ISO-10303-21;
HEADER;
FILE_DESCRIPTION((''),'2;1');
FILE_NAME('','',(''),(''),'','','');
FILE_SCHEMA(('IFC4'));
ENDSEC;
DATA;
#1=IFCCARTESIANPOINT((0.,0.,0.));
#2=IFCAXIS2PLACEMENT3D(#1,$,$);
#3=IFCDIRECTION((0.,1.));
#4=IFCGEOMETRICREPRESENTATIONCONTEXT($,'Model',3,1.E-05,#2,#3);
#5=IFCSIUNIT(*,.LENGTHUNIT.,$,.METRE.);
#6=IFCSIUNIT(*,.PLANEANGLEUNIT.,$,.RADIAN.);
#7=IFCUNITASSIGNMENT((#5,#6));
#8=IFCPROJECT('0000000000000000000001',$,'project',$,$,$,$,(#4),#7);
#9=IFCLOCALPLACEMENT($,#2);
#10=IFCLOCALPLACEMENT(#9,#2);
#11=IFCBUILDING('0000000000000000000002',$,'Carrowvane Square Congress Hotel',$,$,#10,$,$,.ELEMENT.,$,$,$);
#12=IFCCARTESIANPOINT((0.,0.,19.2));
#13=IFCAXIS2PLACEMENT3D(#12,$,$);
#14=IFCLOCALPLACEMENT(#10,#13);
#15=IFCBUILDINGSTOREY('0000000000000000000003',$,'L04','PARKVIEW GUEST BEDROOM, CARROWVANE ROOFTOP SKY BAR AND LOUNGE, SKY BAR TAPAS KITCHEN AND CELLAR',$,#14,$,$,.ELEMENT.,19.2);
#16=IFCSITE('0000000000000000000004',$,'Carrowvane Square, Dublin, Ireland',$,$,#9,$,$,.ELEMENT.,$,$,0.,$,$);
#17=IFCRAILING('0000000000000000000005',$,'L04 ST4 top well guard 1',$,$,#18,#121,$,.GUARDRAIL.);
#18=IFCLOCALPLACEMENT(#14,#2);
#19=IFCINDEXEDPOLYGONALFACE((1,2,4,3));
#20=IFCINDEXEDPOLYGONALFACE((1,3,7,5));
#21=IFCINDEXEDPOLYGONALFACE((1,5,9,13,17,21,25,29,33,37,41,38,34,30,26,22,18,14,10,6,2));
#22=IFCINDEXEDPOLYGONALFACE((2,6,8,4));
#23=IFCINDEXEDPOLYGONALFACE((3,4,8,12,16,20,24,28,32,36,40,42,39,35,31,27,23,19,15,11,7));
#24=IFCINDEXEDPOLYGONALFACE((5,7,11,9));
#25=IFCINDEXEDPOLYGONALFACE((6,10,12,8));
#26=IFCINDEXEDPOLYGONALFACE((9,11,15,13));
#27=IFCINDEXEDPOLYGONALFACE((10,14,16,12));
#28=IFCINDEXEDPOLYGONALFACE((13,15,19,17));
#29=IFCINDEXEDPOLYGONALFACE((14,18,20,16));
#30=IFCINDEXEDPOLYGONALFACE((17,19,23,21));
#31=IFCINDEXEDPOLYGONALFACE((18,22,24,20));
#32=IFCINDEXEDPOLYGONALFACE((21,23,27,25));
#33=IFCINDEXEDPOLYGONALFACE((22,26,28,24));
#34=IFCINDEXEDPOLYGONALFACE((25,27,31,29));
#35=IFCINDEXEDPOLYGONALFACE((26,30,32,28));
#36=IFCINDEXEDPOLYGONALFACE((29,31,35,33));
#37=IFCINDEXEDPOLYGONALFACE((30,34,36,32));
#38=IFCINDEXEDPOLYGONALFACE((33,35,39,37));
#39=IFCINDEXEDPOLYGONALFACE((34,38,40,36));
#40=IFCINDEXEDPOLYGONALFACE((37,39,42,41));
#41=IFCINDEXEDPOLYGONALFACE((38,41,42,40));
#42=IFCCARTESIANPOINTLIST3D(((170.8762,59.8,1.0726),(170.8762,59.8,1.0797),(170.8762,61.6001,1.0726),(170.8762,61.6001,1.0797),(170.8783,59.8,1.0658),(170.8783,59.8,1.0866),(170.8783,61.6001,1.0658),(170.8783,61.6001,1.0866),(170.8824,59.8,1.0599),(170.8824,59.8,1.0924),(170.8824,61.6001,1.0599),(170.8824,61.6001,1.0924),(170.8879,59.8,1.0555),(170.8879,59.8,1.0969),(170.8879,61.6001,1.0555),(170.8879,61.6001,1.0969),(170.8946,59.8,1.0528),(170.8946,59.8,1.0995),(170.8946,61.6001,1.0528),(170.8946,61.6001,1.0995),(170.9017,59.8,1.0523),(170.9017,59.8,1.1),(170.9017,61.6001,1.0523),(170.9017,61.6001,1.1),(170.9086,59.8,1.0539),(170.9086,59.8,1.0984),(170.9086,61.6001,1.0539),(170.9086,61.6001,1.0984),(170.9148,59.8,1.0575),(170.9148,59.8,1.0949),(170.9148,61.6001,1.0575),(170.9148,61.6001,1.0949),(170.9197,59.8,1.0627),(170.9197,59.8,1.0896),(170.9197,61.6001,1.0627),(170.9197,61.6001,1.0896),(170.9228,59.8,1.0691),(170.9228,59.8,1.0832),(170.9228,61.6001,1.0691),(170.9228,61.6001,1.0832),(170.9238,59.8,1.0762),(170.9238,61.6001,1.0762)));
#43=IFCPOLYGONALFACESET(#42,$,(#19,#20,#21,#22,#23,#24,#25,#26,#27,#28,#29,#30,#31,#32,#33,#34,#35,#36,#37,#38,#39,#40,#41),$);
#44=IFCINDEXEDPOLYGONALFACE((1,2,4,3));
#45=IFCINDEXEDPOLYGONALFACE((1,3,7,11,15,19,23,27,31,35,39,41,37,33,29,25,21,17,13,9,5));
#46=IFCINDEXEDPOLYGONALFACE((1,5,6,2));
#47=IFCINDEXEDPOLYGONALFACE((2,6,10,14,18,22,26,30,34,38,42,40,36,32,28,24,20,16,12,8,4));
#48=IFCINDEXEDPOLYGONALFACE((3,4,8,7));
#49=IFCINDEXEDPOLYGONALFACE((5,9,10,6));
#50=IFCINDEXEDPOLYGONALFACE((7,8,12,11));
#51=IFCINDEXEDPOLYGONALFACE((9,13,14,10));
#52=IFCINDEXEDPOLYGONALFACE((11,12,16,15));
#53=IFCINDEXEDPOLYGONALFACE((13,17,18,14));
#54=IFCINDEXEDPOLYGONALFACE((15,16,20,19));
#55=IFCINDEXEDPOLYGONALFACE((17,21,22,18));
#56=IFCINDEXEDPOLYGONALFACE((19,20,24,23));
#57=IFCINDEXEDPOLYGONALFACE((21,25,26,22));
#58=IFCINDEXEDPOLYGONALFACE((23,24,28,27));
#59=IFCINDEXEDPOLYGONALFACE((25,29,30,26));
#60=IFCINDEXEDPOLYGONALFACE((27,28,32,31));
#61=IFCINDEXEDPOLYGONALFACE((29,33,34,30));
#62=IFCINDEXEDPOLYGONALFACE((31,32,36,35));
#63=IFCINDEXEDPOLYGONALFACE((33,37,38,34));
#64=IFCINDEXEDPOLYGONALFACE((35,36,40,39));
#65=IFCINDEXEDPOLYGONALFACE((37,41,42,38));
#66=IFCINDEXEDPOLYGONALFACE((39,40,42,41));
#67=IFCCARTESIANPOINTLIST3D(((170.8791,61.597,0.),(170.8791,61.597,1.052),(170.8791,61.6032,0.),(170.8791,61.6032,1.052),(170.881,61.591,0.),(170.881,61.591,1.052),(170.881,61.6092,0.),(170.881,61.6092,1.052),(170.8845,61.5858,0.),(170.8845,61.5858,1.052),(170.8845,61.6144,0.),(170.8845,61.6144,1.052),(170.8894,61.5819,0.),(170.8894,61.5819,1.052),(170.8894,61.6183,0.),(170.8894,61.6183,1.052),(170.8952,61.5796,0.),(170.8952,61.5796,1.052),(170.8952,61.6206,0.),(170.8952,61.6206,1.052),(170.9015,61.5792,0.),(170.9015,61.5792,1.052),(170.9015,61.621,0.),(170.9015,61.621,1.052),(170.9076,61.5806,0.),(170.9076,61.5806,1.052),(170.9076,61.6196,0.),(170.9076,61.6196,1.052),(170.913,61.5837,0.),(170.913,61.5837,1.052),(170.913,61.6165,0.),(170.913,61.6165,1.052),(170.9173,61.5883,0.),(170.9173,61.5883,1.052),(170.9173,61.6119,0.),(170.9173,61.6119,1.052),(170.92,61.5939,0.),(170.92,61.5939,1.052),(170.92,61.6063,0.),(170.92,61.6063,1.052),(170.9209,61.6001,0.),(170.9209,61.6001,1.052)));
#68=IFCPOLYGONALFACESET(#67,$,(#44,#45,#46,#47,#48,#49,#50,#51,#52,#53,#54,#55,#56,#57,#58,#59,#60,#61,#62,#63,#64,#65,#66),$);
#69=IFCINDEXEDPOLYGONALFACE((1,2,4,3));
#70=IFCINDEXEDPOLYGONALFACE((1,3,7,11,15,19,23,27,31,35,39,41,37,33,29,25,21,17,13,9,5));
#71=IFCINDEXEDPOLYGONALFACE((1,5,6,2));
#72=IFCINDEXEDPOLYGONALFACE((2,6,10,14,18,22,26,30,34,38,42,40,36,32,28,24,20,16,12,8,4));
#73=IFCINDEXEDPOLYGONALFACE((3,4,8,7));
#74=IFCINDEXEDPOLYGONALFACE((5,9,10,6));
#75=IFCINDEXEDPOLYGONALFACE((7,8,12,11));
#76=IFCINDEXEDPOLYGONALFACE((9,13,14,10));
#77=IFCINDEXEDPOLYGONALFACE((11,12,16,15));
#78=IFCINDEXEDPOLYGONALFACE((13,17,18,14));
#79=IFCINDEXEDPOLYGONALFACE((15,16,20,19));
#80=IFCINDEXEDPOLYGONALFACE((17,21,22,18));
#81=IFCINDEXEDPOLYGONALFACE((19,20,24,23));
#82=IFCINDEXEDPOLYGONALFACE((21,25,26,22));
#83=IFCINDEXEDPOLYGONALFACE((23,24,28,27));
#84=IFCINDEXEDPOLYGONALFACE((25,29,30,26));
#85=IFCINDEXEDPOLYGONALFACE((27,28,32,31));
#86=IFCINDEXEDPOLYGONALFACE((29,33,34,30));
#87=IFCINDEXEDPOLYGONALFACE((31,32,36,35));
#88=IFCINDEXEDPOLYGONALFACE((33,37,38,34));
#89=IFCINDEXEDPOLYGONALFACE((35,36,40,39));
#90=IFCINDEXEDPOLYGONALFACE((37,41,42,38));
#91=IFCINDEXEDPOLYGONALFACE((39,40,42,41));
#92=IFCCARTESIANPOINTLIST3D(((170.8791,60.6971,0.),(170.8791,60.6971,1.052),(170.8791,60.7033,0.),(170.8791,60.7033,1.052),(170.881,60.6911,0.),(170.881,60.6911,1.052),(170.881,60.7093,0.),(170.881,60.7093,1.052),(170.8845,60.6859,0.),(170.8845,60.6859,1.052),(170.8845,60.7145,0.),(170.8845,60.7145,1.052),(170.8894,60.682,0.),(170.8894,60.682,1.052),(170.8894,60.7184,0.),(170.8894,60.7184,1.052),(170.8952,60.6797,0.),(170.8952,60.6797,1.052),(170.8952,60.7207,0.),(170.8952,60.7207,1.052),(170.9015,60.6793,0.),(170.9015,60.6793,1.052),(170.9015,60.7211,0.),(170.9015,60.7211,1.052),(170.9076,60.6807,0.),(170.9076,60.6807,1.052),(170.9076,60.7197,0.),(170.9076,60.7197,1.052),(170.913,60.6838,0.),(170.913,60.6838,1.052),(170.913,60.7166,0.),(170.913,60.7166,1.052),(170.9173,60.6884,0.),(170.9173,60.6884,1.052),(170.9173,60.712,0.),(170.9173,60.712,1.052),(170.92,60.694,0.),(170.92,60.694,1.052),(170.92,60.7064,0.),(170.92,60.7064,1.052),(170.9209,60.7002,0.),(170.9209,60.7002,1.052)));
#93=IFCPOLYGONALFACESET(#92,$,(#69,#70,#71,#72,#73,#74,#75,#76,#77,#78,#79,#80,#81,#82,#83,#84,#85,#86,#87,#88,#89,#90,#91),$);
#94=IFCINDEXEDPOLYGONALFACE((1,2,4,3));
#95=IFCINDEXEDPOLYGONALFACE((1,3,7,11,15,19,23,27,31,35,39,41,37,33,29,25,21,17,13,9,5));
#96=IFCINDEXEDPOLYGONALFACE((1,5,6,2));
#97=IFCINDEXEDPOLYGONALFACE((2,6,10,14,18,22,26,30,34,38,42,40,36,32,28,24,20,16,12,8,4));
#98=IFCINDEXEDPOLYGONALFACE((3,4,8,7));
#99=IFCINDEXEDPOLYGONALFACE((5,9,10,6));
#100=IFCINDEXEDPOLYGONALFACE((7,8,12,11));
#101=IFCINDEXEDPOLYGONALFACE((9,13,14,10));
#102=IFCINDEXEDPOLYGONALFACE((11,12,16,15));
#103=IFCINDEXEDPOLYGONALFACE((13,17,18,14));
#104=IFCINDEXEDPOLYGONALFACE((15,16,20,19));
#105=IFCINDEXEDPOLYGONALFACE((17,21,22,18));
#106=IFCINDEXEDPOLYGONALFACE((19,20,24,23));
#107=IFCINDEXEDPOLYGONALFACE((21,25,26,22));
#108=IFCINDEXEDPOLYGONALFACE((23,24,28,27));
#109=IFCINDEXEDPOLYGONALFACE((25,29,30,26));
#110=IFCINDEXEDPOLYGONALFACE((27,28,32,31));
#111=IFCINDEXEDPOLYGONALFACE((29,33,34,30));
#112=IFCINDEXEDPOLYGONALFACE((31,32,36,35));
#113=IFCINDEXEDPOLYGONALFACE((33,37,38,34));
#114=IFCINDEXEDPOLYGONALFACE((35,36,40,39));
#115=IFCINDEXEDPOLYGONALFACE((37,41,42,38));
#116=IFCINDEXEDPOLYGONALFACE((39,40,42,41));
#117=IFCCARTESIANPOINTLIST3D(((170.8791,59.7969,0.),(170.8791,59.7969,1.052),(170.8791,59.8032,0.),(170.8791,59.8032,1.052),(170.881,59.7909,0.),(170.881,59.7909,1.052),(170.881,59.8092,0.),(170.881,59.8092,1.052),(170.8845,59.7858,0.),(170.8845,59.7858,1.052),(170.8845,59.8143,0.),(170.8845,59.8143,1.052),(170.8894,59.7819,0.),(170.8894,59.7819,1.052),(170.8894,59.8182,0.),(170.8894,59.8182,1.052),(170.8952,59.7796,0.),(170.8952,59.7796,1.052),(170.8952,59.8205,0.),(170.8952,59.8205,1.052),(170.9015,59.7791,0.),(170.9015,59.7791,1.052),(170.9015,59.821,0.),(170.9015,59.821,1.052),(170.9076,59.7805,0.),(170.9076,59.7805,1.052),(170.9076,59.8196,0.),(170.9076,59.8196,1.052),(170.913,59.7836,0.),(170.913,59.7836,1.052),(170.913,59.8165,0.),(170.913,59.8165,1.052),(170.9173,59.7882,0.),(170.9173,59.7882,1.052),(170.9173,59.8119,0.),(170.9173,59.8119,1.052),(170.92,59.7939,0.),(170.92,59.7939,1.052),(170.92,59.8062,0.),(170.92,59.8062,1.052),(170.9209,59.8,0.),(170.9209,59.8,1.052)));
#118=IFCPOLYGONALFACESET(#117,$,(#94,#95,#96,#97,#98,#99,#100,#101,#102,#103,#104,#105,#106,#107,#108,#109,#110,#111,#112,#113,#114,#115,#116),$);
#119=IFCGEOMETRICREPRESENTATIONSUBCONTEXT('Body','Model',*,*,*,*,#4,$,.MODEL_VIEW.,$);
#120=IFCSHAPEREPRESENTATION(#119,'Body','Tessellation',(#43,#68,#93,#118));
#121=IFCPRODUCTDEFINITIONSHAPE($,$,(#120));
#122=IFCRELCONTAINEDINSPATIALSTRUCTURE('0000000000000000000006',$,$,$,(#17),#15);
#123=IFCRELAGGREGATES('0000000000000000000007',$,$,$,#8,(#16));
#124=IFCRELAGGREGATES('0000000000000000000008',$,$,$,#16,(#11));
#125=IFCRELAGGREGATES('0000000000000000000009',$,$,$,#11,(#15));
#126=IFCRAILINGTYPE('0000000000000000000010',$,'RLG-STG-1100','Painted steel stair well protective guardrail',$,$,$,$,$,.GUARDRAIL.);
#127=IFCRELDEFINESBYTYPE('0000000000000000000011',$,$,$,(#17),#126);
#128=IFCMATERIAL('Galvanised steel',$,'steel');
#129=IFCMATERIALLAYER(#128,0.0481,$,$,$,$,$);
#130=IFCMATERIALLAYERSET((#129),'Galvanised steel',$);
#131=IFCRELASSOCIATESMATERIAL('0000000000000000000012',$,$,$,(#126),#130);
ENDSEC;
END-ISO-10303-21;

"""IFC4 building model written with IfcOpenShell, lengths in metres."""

from ifc_helpers import new_model, si_unit, direction, frame, origin, origin_2d, place, context, subcontext, project, spatial, circle, extrude, material, layer, layer_set, type_object, element, save


model = new_model("IFC4")

# Units and contexts
model_context = context("Model", 3, precision=1e-05, world=origin(), true_north=direction((0.0, 1.0)))
body_context = subcontext(model_context, "Body", "Model", "MODEL_VIEW")
ifc_project = project(units=[si_unit("LENGTHUNIT", "METRE"), si_unit("PLANEANGLEUNIT", "RADIAN")], contexts=[model_context])

# Site, building, storey
site_placement = place(None, origin())
site = spatial("IfcSite", under=ifc_project, at=site_placement, Name="Carrowvane Square, Dublin, Ireland", CompositionType="ELEMENT", RefElevation=0.0)
building_placement = place(site_placement, origin())
building = spatial("IfcBuilding", under=site, at=building_placement, Name="Carrowvane Square Congress Hotel", CompositionType="ELEMENT")
storey_placement = place(building_placement, frame((0.0, 0.0, 19.2)))
storey = spatial("IfcBuildingStorey", under=building, at=storey_placement, Name="L04", Description="PARKVIEW GUEST BEDROOM, CARROWVANE ROOFTOP SKY BAR AND LOUNGE, SKY BAR TAPAS KITCHEN AND CELLAR", CompositionType="ELEMENT", Elevation=19.2)

# Railing
ifc_material_1 = material(Name="Galvanised steel", Category="steel")
ifc_layer_1 = layer(ifc_material_1, 0.0481)
ifc_layer_set_1 = layer_set([ifc_layer_1], Name="Galvanised steel")
railing_type = type_object("IfcRailingType", Name="RLG-STG-1100", Description="Painted steel stair well protective guardrail", PredefinedType="GUARDRAIL", material=ifc_layer_set_1)
railing_placement = place(storey_placement, frame((170.8999, 61.6001, 0.0)))
element("IfcRailing", 1, at=railing_placement, inside=storey, type_object=railing_type, Name="L04 ST4 top well guard 1", PredefinedType="GUARDRAIL", context=body_context, shape_type="SweptSolid", body=[
    extrude(circle(Radius=0.0239, at=origin_2d()), frame((0.0, 0.0, 1.0762), z_axis=(0.0, -1.0, 0.0), x_axis=(1.0, 0.0, 0.0)), (0.0, 0.0, 1.0), 1.8),
    extrude(circle(Radius=0.021, at=origin_2d()), origin(), (0.0, 0.0, 1.0), 1.052),
    extrude(circle(Radius=0.021, at=origin_2d()), frame((0.0, -0.8999, 0.0)), (0.0, 0.0, 1.0), 1.052),
    extrude(circle(Radius=0.021, at=origin_2d()), frame((0.0, -1.8, 0.0)), (0.0, 0.0, 1.0), 1.052),
])

save(model, "model.ifc")
